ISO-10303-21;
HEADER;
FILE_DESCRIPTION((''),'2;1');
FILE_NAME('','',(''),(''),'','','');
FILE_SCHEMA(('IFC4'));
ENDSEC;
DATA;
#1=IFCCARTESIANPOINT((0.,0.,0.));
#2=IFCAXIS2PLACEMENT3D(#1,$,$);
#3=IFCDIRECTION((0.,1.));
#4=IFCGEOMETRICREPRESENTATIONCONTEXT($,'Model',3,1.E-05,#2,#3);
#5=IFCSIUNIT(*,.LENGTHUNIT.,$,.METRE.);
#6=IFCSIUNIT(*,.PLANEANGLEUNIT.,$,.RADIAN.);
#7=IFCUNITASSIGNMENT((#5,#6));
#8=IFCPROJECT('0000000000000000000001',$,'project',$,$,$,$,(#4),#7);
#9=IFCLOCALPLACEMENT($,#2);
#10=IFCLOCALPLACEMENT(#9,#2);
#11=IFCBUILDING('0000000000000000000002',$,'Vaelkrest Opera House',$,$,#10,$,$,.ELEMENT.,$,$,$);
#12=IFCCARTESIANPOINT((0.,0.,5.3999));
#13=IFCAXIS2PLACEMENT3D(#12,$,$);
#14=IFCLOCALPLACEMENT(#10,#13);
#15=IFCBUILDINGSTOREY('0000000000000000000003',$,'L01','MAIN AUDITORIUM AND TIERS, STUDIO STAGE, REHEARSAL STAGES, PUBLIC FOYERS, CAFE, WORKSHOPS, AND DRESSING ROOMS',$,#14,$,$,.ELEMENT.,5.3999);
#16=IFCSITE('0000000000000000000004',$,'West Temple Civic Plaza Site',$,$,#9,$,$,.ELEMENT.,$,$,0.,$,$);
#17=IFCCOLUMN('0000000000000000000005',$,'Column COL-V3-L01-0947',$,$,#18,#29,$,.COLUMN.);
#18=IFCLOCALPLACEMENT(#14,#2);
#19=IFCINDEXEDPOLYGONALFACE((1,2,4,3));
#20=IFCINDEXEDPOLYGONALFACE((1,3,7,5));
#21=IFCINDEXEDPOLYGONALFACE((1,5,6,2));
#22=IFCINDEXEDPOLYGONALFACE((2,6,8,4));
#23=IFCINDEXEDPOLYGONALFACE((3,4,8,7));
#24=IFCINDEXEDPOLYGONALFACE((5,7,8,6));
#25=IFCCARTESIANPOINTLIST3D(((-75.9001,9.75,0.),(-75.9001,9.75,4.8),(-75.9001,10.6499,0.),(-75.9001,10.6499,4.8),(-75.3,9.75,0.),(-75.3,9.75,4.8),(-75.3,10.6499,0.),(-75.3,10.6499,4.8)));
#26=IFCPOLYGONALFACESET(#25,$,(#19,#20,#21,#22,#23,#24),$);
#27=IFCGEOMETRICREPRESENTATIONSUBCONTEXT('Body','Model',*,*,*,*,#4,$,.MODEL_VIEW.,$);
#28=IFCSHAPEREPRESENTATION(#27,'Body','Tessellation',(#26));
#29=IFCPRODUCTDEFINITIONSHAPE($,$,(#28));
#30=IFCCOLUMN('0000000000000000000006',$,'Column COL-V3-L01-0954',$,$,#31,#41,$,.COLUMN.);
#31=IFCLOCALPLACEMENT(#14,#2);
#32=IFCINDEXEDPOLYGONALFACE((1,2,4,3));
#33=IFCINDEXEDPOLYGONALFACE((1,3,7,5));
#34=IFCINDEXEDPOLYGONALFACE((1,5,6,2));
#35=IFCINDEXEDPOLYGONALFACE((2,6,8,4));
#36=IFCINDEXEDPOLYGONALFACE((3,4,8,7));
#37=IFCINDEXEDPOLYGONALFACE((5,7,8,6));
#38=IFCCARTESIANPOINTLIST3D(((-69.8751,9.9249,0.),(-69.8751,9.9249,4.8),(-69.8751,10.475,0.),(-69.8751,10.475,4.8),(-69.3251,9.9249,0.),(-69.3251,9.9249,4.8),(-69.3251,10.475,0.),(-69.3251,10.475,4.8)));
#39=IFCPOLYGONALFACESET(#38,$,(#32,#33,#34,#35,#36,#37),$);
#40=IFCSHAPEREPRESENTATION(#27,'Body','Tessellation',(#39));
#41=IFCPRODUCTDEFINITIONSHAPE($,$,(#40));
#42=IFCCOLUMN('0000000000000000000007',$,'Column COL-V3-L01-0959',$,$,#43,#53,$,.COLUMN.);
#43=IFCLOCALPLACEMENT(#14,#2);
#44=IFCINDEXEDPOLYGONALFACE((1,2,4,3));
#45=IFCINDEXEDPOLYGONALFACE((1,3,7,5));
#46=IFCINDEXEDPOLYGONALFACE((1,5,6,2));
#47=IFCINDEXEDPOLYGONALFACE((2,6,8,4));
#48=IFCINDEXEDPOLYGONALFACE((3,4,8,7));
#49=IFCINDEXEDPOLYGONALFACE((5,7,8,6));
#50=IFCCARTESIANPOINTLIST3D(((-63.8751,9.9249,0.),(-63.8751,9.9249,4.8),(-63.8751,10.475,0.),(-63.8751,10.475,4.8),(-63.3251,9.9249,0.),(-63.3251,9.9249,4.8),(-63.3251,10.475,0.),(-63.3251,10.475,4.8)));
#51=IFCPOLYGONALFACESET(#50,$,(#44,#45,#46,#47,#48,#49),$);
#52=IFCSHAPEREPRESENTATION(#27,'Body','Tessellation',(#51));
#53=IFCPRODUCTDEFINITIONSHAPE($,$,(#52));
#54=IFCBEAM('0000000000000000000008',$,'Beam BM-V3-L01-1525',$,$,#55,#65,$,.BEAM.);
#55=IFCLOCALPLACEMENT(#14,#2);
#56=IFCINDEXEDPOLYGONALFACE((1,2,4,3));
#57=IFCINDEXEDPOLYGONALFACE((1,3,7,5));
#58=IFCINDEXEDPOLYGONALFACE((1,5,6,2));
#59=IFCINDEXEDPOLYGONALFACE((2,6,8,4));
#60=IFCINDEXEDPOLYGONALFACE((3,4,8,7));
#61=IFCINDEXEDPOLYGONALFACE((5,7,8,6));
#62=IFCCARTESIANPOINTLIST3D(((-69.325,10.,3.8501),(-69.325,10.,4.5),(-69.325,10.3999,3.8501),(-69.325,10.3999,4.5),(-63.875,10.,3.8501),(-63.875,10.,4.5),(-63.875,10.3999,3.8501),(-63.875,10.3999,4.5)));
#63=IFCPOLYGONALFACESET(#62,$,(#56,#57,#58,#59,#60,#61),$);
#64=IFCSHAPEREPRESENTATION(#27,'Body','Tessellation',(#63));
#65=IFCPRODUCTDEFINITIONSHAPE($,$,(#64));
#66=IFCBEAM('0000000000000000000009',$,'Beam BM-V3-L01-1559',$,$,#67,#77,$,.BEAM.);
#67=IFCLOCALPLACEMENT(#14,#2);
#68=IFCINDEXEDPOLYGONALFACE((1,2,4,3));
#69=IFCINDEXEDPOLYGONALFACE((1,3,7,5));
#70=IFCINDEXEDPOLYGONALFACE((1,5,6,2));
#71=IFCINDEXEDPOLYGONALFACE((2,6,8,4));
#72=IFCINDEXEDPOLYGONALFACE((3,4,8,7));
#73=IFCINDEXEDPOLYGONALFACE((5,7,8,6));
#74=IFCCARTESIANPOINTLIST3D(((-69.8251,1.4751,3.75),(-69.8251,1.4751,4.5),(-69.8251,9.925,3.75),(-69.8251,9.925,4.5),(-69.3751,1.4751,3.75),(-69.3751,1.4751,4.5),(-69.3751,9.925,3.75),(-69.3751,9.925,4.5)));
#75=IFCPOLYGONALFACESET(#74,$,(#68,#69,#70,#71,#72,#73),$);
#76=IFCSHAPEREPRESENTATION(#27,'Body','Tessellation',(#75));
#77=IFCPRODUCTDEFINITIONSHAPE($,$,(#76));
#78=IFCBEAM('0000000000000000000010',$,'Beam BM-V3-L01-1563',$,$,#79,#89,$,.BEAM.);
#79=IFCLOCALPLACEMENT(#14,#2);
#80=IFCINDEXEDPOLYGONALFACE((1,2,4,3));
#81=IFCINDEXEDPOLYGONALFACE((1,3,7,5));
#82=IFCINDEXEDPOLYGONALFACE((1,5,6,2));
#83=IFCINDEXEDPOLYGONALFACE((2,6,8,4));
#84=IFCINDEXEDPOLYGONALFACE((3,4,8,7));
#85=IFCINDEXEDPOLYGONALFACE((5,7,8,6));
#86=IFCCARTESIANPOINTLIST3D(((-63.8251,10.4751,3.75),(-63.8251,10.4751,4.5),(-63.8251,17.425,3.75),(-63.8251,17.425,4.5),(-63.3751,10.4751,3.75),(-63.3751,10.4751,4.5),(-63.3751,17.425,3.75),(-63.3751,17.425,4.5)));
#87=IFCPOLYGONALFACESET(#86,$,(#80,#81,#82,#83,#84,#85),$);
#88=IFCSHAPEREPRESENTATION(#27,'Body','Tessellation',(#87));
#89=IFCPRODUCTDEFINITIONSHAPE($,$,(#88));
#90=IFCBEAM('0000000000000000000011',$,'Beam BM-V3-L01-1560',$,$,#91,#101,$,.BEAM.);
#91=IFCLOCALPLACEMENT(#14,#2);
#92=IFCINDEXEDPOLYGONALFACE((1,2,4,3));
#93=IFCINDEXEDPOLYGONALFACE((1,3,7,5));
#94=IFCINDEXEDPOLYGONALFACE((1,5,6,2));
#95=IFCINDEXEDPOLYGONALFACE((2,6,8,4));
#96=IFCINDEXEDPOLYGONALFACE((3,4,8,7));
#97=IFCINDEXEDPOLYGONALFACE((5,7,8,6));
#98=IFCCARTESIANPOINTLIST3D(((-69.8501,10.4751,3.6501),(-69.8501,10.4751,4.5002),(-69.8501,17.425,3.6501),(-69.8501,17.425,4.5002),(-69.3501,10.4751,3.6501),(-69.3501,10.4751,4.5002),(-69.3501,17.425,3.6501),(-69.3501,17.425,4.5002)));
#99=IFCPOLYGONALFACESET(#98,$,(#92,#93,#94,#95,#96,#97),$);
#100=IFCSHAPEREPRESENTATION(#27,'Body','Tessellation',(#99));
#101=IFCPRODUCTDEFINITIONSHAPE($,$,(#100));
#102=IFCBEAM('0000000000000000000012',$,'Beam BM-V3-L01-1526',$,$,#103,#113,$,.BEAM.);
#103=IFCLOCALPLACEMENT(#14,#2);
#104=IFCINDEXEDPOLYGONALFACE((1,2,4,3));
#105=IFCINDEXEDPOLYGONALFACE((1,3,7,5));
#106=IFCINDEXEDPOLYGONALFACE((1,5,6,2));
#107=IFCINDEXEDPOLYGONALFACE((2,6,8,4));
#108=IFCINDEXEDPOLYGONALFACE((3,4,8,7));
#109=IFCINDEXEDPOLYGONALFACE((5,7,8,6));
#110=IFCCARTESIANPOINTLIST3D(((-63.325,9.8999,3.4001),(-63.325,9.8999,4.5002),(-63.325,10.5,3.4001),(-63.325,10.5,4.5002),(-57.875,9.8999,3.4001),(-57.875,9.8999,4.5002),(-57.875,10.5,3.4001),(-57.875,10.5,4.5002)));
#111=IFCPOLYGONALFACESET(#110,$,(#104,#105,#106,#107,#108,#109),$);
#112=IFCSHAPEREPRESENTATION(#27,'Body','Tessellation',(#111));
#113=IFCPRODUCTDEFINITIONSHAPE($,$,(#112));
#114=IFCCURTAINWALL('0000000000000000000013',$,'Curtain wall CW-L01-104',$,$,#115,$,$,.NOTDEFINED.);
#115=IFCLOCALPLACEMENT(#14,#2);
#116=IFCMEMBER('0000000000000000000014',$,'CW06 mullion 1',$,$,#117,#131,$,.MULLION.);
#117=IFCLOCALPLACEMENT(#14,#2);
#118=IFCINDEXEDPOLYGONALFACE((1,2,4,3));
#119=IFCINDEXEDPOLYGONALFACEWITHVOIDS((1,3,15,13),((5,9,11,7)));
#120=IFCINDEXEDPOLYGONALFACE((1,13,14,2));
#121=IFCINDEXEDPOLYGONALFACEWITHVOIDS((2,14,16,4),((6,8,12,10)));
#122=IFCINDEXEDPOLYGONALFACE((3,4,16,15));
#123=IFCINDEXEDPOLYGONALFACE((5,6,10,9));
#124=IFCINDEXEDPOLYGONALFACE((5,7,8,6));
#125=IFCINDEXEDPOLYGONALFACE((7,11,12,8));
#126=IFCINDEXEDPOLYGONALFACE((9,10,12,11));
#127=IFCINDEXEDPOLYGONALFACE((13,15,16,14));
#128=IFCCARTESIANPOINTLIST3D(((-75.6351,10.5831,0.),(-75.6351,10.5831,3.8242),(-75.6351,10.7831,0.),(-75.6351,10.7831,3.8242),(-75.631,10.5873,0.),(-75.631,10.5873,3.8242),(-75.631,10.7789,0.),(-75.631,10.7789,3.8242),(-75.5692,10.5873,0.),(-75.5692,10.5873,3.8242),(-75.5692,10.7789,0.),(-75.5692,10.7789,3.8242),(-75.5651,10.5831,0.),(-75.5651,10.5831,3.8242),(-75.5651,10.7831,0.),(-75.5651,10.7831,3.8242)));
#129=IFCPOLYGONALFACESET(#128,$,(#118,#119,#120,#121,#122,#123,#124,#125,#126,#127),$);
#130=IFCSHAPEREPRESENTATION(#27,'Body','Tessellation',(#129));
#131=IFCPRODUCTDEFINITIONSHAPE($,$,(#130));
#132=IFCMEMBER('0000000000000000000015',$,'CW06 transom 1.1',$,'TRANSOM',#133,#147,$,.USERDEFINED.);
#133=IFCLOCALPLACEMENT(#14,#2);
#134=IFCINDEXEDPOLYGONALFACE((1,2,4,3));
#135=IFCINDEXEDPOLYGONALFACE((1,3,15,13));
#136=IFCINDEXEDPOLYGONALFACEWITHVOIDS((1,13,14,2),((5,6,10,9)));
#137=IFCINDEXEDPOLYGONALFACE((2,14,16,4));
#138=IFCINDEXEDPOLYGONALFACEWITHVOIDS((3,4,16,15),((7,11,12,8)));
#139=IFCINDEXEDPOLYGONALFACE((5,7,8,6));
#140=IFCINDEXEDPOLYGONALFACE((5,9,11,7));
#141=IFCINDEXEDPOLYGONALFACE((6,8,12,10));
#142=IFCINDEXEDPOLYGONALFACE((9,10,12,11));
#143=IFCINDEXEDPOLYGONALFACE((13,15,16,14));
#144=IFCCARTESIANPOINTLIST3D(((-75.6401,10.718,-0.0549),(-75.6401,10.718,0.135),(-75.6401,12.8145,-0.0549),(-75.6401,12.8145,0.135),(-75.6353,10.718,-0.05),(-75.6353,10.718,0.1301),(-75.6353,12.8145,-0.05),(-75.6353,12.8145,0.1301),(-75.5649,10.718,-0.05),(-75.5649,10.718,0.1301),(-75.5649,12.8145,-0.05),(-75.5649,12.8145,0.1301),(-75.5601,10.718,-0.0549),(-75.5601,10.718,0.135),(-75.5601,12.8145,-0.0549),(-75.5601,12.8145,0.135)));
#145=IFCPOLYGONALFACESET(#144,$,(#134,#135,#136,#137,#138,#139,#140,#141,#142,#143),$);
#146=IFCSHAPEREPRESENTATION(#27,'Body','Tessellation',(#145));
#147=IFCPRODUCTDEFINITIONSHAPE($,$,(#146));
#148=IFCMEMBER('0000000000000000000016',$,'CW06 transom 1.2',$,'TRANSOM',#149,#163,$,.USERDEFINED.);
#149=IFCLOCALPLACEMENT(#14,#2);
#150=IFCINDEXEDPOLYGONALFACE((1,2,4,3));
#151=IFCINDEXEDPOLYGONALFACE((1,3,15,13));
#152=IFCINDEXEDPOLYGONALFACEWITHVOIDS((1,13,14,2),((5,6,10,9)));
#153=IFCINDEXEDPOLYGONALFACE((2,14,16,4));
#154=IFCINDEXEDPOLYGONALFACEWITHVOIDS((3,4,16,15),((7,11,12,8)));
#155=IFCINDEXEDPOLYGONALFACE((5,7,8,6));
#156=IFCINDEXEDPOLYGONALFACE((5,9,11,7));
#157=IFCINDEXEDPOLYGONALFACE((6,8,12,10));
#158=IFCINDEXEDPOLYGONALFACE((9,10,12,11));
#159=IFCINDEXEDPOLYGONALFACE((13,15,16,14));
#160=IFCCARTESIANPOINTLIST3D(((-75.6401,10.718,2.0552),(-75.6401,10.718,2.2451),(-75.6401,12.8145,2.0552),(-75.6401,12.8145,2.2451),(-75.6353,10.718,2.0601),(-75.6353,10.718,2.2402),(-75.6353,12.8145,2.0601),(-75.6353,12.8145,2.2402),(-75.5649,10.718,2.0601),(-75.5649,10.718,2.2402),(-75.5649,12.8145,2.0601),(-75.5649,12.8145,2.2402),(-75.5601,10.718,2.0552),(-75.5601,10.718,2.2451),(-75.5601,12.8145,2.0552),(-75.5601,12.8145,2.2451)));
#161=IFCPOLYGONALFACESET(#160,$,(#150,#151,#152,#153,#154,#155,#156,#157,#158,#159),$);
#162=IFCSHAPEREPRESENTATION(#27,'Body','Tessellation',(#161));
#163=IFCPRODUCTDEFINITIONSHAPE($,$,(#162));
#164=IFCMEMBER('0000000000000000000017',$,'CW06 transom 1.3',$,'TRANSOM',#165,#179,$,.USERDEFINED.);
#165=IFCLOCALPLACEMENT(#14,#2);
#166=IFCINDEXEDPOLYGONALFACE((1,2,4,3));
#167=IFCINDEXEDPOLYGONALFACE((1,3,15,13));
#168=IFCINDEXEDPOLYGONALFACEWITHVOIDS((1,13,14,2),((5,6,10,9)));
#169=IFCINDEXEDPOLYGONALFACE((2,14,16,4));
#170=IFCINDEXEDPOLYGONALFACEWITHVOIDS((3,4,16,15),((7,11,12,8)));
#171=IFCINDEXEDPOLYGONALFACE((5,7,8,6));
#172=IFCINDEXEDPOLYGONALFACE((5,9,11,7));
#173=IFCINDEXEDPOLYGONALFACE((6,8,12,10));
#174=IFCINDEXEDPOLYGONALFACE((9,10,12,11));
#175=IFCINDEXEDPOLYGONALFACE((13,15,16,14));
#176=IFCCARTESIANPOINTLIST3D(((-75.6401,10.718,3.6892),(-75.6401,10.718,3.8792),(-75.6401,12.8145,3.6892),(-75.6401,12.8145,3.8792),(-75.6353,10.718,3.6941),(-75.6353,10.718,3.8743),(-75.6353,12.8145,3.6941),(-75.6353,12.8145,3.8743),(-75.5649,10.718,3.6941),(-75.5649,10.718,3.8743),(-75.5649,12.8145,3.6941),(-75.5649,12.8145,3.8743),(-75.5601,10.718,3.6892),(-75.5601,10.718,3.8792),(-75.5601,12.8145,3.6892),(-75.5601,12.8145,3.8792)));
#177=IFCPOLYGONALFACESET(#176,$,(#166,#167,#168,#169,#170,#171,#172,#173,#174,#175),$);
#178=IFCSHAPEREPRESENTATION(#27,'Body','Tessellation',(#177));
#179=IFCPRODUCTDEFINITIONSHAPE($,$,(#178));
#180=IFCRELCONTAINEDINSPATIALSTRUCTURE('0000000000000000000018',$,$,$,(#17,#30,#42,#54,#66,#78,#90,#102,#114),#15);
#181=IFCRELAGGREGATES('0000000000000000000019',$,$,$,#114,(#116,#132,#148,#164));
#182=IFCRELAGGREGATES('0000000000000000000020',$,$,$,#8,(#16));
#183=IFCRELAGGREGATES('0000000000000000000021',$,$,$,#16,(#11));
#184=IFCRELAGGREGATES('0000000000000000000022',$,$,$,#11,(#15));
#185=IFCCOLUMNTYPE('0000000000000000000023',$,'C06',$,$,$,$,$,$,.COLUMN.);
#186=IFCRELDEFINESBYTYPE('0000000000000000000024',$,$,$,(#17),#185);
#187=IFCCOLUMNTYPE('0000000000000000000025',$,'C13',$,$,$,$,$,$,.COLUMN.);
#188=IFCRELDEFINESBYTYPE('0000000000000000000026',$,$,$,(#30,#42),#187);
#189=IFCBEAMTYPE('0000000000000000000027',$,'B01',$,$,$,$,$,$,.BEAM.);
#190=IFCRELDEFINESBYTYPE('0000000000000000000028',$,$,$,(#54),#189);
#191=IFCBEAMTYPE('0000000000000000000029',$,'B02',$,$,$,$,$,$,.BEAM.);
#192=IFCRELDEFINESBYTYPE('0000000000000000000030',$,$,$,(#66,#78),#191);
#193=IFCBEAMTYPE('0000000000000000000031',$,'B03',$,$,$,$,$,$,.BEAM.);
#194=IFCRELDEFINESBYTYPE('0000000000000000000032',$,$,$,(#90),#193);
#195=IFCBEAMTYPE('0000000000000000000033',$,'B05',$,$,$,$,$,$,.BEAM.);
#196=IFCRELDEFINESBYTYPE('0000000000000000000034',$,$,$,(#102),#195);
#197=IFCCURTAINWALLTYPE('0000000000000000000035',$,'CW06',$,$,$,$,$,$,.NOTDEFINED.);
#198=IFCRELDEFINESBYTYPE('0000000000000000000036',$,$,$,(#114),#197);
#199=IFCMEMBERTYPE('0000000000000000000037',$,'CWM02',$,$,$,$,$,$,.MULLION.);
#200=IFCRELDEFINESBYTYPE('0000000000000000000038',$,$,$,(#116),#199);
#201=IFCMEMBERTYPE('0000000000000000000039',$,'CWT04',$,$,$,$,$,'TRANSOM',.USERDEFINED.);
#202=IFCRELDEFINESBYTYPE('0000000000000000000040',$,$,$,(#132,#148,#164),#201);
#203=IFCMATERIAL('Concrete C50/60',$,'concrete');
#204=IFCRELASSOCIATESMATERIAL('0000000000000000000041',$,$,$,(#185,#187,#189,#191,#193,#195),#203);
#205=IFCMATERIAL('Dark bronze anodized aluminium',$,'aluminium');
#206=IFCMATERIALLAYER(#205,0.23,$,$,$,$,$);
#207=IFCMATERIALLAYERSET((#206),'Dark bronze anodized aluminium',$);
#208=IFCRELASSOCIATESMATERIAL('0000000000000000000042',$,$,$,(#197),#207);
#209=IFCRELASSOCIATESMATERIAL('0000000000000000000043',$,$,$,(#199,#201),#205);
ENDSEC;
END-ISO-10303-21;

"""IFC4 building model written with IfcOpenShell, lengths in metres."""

from ifc_helpers import new_model, si_unit, direction, frame, origin, origin_2d, place, context, subcontext, project, spatial, rectangle, hollow_rectangle, extrude, material, layer, layer_set, material_profile, profile_set, type_object, element, aggregate, save


model = new_model("IFC4")

# Units and contexts
model_context = context("Model", 3, precision=1e-05, world=origin(), true_north=direction((0.0, 1.0)))
body_context = subcontext(model_context, "Body", "Model", "MODEL_VIEW")
ifc_project = project(units=[si_unit("LENGTHUNIT", "METRE"), si_unit("PLANEANGLEUNIT", "RADIAN")], contexts=[model_context])

# Site, building, storey
site_placement = place(None, origin())
site = spatial("IfcSite", under=ifc_project, at=site_placement, Name="West Temple Civic Plaza Site", CompositionType="ELEMENT", RefElevation=0.0)
building_placement = place(site_placement, origin())
building = spatial("IfcBuilding", under=site, at=building_placement, Name="Vaelkrest Opera House", CompositionType="ELEMENT")
storey_placement = place(building_placement, frame((0.0, 0.0, 5.3999)))
storey = spatial("IfcBuildingStorey", under=building, at=storey_placement, Name="L01", Description="MAIN AUDITORIUM AND TIERS, STUDIO STAGE, REHEARSAL STAGES, PUBLIC FOYERS, CAFE, WORKSHOPS, AND DRESSING ROOMS", CompositionType="ELEMENT", Elevation=5.3999)

# Columns
ifc_material_1 = material(Name="Concrete C50/60", Category="concrete")
ifc_material_profile_1 = material_profile(ifc_material_1, rectangle(XDim=0.6001, YDim=0.8999, at=origin_2d()), Name="RC600X900")
ifc_profile_set_1 = profile_set([ifc_material_profile_1], Name="Concrete C50/60")
column_type_1 = type_object("IfcColumnType", Name="C06", PredefinedType="COLUMN", material=ifc_profile_set_1)
column_placement = place(storey_placement, frame((-75.6001, 10.2, 0.0), z_axis=(0.0, 0.0, 1.0), x_axis=(1.0, 0.0, 0.0)))
element("IfcColumn", 1, at=column_placement, inside=storey, type_object=column_type_1, Name="Column COL-V3-L01-0947", PredefinedType="COLUMN", context=body_context, shape_type="SweptSolid", body=[
    extrude(rectangle(XDim=0.6001, YDim=0.8999, at=origin_2d()), origin(), (0.0, 0.0, 1.0), 4.8),
])
ifc_material_profile_2 = material_profile(ifc_material_1, rectangle(XDim=0.55, YDim=0.55, at=origin_2d()), Name="RC550X550")
ifc_profile_set_2 = profile_set([ifc_material_profile_2], Name="Concrete C50/60")
column_type_2 = type_object("IfcColumnType", Name="C13", PredefinedType="COLUMN", material=ifc_profile_set_2)
for number, where, z_axis, x_axis, name in (
    (2, (-69.6001, 10.2, 0.0), (0.0, 0.0, 1.0), (1.0, 0.0, 0.0), "Column COL-V3-L01-0954"),
    (3, (-63.6001, 10.2, 0.0), (0.0, 0.0, 1.0), (1.0, 0.0, 0.0), "Column COL-V3-L01-0959"),
):
    element("IfcColumn", number, at=place(storey_placement, frame(where, z_axis=z_axis, x_axis=x_axis)), inside=storey, type_object=column_type_2, Name=name, PredefinedType="COLUMN", context=body_context, shape_type="SweptSolid", body=[
        extrude(rectangle(XDim=0.55, YDim=0.55, at=origin_2d()), origin(), (0.0, 0.0, 1.0), 4.8),
    ])

# Beams
ifc_material_profile_3 = material_profile(ifc_material_1, rectangle(XDim=0.3999, YDim=0.6499, at=origin_2d()), Name="RCB400X650")
ifc_profile_set_3 = profile_set([ifc_material_profile_3], Name="Concrete C50/60")
beam_type_1 = type_object("IfcBeamType", Name="B01", PredefinedType="BEAM", material=ifc_profile_set_3)
beam_1_placement = place(storey_placement, frame((-69.325, 10.2, 4.175), z_axis=(1.0, 0.0, 0.0), x_axis=(0.0, 1.0, 0.0)))
element("IfcBeam", 4, at=beam_1_placement, inside=storey, type_object=beam_type_1, Name="Beam BM-V3-L01-1525", PredefinedType="BEAM", context=body_context, shape_type="SweptSolid", body=[
    extrude(rectangle(XDim=0.3999, YDim=0.6499, at=origin_2d()), origin(), (0.0, 0.0, 1.0), 5.45),
])
ifc_material_profile_4 = material_profile(ifc_material_1, rectangle(XDim=0.45, YDim=0.75, at=origin_2d()), Name="RCB450X750")
ifc_profile_set_4 = profile_set([ifc_material_profile_4], Name="Concrete C50/60")
beam_type_2 = type_object("IfcBeamType", Name="B02", PredefinedType="BEAM", material=ifc_profile_set_4)
beam_2_placement = place(storey_placement, frame((-69.6001, 1.4751, 4.125), z_axis=(0.0, 1.0, 0.0), x_axis=(-1.0, 0.0, 0.0)))
element("IfcBeam", 5, at=beam_2_placement, inside=storey, type_object=beam_type_2, Name="Beam BM-V3-L01-1559", PredefinedType="BEAM", context=body_context, shape_type="SweptSolid", body=[
    extrude(rectangle(XDim=0.45, YDim=0.75, at=origin_2d()), origin(), (0.0, 0.0, 1.0), 8.45),
])
beam_3_placement = place(storey_placement, frame((-63.6001, 10.4751, 4.125), z_axis=(0.0, 1.0, 0.0), x_axis=(-1.0, 0.0, 0.0)))
element("IfcBeam", 6, at=beam_3_placement, inside=storey, type_object=beam_type_2, Name="Beam BM-V3-L01-1563", PredefinedType="BEAM", context=body_context, shape_type="SweptSolid", body=[
    extrude(rectangle(XDim=0.45, YDim=0.75, at=origin_2d()), origin(), (0.0, 0.0, 1.0), 6.95),
])
ifc_material_profile_5 = material_profile(ifc_material_1, rectangle(XDim=0.5, YDim=0.8501, at=origin_2d()), Name="RCB500X850")
ifc_profile_set_5 = profile_set([ifc_material_profile_5], Name="Concrete C50/60")
beam_type_3 = type_object("IfcBeamType", Name="B03", PredefinedType="BEAM", material=ifc_profile_set_5)
beam_4_placement = place(storey_placement, frame((-69.6001, 10.4751, 4.0752), z_axis=(0.0, 1.0, 0.0), x_axis=(-1.0, 0.0, 0.0)))
element("IfcBeam", 7, at=beam_4_placement, inside=storey, type_object=beam_type_3, Name="Beam BM-V3-L01-1560", PredefinedType="BEAM", context=body_context, shape_type="SweptSolid", body=[
    extrude(rectangle(XDim=0.5, YDim=0.8501, at=origin_2d()), origin(), (0.0, 0.0, 1.0), 6.95),
])
ifc_material_profile_6 = material_profile(ifc_material_1, rectangle(XDim=0.6001, YDim=1.1001, at=origin_2d()), Name="RCB600X1100")
ifc_profile_set_6 = profile_set([ifc_material_profile_6], Name="Concrete C50/60")
beam_type_4 = type_object("IfcBeamType", Name="B05", PredefinedType="BEAM", material=ifc_profile_set_6)
beam_5_placement = place(storey_placement, frame((-63.325, 10.2, 3.9502), z_axis=(1.0, 0.0, 0.0), x_axis=(0.0, 1.0, 0.0)))
element("IfcBeam", 8, at=beam_5_placement, inside=storey, type_object=beam_type_4, Name="Beam BM-V3-L01-1526", PredefinedType="BEAM", context=body_context, shape_type="SweptSolid", body=[
    extrude(rectangle(XDim=0.6001, YDim=1.1001, at=origin_2d()), origin(), (0.0, 0.0, 1.0), 5.45),
])

# Curtain wall, members
ifc_material_2 = material(Name="Dark bronze anodized aluminium", Category="aluminium")
ifc_layer_1 = layer(ifc_material_2, 0.23)
ifc_layer_set_1 = layer_set([ifc_layer_1], Name="Dark bronze anodized aluminium")
curtain_wall_type = type_object("IfcCurtainWallType", Name="CW06", PredefinedType="NOTDEFINED", material=ifc_layer_set_1)
curtain_wall_placement = place(storey_placement, origin())
curtain_wall = element("IfcCurtainWall", 9, at=curtain_wall_placement, inside=storey, type_object=curtain_wall_type, Name="Curtain wall CW-L01-104", PredefinedType="NOTDEFINED")
ifc_material_profile_7 = material_profile(ifc_material_2, hollow_rectangle(XDim=0.0701, YDim=0.2, WallThickness=0.0042, at=origin_2d()), Name="CWM70X200")
ifc_profile_set_7 = profile_set([ifc_material_profile_7], Name="Dark bronze anodized aluminium")
member_type_1 = type_object("IfcMemberType", Name="CWM02", PredefinedType="MULLION", material=ifc_profile_set_7)
member_1_placement = place(storey_placement, frame((-75.6001, 10.6831, 0.0), z_axis=(0.0, 0.0, 1.0), x_axis=(-1.0, 0.0, 0.0)))
member_1 = element("IfcMember", 10, at=member_1_placement, type_object=member_type_1, Name="CW06 mullion 1", PredefinedType="MULLION", context=body_context, shape_type="SweptSolid", body=[
    extrude(hollow_rectangle(XDim=0.0701, YDim=0.2, WallThickness=0.0042, at=origin_2d()), origin(), (0.0, 0.0, 1.0), 3.8242),
])
ifc_material_profile_8 = material_profile(ifc_material_2, hollow_rectangle(XDim=0.0801, YDim=0.1899, WallThickness=0.0049, at=origin_2d()), Name="CWT80X190")
ifc_profile_set_8 = profile_set([ifc_material_profile_8], Name="Dark bronze anodized aluminium")
member_type_2 = type_object("IfcMemberType", Name="CWT04", ElementType="TRANSOM", PredefinedType="USERDEFINED", material=ifc_profile_set_8)
member_2_placement = place(storey_placement, frame((-75.6001, 10.718, 0.04), z_axis=(0.0, 1.0, 0.0), x_axis=(-1.0, 0.0, 0.0)))
member_2 = element("IfcMember", 11, at=member_2_placement, type_object=member_type_2, Name="CW06 transom 1.1", ObjectType="TRANSOM", PredefinedType="USERDEFINED", context=body_context, shape_type="SweptSolid", body=[
    extrude(hollow_rectangle(XDim=0.0801, YDim=0.1899, WallThickness=0.0049, at=origin_2d()), origin(), (0.0, 0.0, 1.0), 2.0964),
])
member_3_placement = place(storey_placement, frame((-75.6001, 10.718, 2.1501), z_axis=(0.0, 1.0, 0.0), x_axis=(-1.0, 0.0, 0.0)))
member_3 = element("IfcMember", 12, at=member_3_placement, type_object=member_type_2, Name="CW06 transom 1.2", ObjectType="TRANSOM", PredefinedType="USERDEFINED", context=body_context, shape_type="SweptSolid", body=[
    extrude(hollow_rectangle(XDim=0.0801, YDim=0.1899, WallThickness=0.0049, at=origin_2d()), origin(), (0.0, 0.0, 1.0), 2.0964),
])
member_4_placement = place(storey_placement, frame((-75.6001, 10.718, 3.7842), z_axis=(0.0, 1.0, 0.0), x_axis=(-1.0, 0.0, 0.0)))
member_4 = element("IfcMember", 13, at=member_4_placement, type_object=member_type_2, Name="CW06 transom 1.3", ObjectType="TRANSOM", PredefinedType="USERDEFINED", context=body_context, shape_type="SweptSolid", body=[
    extrude(hollow_rectangle(XDim=0.0801, YDim=0.1899, WallThickness=0.0049, at=origin_2d()), origin(), (0.0, 0.0, 1.0), 2.0964),
])

aggregate(curtain_wall, [member_1, member_2, member_3, member_4])

save(model, "model.ifc")
